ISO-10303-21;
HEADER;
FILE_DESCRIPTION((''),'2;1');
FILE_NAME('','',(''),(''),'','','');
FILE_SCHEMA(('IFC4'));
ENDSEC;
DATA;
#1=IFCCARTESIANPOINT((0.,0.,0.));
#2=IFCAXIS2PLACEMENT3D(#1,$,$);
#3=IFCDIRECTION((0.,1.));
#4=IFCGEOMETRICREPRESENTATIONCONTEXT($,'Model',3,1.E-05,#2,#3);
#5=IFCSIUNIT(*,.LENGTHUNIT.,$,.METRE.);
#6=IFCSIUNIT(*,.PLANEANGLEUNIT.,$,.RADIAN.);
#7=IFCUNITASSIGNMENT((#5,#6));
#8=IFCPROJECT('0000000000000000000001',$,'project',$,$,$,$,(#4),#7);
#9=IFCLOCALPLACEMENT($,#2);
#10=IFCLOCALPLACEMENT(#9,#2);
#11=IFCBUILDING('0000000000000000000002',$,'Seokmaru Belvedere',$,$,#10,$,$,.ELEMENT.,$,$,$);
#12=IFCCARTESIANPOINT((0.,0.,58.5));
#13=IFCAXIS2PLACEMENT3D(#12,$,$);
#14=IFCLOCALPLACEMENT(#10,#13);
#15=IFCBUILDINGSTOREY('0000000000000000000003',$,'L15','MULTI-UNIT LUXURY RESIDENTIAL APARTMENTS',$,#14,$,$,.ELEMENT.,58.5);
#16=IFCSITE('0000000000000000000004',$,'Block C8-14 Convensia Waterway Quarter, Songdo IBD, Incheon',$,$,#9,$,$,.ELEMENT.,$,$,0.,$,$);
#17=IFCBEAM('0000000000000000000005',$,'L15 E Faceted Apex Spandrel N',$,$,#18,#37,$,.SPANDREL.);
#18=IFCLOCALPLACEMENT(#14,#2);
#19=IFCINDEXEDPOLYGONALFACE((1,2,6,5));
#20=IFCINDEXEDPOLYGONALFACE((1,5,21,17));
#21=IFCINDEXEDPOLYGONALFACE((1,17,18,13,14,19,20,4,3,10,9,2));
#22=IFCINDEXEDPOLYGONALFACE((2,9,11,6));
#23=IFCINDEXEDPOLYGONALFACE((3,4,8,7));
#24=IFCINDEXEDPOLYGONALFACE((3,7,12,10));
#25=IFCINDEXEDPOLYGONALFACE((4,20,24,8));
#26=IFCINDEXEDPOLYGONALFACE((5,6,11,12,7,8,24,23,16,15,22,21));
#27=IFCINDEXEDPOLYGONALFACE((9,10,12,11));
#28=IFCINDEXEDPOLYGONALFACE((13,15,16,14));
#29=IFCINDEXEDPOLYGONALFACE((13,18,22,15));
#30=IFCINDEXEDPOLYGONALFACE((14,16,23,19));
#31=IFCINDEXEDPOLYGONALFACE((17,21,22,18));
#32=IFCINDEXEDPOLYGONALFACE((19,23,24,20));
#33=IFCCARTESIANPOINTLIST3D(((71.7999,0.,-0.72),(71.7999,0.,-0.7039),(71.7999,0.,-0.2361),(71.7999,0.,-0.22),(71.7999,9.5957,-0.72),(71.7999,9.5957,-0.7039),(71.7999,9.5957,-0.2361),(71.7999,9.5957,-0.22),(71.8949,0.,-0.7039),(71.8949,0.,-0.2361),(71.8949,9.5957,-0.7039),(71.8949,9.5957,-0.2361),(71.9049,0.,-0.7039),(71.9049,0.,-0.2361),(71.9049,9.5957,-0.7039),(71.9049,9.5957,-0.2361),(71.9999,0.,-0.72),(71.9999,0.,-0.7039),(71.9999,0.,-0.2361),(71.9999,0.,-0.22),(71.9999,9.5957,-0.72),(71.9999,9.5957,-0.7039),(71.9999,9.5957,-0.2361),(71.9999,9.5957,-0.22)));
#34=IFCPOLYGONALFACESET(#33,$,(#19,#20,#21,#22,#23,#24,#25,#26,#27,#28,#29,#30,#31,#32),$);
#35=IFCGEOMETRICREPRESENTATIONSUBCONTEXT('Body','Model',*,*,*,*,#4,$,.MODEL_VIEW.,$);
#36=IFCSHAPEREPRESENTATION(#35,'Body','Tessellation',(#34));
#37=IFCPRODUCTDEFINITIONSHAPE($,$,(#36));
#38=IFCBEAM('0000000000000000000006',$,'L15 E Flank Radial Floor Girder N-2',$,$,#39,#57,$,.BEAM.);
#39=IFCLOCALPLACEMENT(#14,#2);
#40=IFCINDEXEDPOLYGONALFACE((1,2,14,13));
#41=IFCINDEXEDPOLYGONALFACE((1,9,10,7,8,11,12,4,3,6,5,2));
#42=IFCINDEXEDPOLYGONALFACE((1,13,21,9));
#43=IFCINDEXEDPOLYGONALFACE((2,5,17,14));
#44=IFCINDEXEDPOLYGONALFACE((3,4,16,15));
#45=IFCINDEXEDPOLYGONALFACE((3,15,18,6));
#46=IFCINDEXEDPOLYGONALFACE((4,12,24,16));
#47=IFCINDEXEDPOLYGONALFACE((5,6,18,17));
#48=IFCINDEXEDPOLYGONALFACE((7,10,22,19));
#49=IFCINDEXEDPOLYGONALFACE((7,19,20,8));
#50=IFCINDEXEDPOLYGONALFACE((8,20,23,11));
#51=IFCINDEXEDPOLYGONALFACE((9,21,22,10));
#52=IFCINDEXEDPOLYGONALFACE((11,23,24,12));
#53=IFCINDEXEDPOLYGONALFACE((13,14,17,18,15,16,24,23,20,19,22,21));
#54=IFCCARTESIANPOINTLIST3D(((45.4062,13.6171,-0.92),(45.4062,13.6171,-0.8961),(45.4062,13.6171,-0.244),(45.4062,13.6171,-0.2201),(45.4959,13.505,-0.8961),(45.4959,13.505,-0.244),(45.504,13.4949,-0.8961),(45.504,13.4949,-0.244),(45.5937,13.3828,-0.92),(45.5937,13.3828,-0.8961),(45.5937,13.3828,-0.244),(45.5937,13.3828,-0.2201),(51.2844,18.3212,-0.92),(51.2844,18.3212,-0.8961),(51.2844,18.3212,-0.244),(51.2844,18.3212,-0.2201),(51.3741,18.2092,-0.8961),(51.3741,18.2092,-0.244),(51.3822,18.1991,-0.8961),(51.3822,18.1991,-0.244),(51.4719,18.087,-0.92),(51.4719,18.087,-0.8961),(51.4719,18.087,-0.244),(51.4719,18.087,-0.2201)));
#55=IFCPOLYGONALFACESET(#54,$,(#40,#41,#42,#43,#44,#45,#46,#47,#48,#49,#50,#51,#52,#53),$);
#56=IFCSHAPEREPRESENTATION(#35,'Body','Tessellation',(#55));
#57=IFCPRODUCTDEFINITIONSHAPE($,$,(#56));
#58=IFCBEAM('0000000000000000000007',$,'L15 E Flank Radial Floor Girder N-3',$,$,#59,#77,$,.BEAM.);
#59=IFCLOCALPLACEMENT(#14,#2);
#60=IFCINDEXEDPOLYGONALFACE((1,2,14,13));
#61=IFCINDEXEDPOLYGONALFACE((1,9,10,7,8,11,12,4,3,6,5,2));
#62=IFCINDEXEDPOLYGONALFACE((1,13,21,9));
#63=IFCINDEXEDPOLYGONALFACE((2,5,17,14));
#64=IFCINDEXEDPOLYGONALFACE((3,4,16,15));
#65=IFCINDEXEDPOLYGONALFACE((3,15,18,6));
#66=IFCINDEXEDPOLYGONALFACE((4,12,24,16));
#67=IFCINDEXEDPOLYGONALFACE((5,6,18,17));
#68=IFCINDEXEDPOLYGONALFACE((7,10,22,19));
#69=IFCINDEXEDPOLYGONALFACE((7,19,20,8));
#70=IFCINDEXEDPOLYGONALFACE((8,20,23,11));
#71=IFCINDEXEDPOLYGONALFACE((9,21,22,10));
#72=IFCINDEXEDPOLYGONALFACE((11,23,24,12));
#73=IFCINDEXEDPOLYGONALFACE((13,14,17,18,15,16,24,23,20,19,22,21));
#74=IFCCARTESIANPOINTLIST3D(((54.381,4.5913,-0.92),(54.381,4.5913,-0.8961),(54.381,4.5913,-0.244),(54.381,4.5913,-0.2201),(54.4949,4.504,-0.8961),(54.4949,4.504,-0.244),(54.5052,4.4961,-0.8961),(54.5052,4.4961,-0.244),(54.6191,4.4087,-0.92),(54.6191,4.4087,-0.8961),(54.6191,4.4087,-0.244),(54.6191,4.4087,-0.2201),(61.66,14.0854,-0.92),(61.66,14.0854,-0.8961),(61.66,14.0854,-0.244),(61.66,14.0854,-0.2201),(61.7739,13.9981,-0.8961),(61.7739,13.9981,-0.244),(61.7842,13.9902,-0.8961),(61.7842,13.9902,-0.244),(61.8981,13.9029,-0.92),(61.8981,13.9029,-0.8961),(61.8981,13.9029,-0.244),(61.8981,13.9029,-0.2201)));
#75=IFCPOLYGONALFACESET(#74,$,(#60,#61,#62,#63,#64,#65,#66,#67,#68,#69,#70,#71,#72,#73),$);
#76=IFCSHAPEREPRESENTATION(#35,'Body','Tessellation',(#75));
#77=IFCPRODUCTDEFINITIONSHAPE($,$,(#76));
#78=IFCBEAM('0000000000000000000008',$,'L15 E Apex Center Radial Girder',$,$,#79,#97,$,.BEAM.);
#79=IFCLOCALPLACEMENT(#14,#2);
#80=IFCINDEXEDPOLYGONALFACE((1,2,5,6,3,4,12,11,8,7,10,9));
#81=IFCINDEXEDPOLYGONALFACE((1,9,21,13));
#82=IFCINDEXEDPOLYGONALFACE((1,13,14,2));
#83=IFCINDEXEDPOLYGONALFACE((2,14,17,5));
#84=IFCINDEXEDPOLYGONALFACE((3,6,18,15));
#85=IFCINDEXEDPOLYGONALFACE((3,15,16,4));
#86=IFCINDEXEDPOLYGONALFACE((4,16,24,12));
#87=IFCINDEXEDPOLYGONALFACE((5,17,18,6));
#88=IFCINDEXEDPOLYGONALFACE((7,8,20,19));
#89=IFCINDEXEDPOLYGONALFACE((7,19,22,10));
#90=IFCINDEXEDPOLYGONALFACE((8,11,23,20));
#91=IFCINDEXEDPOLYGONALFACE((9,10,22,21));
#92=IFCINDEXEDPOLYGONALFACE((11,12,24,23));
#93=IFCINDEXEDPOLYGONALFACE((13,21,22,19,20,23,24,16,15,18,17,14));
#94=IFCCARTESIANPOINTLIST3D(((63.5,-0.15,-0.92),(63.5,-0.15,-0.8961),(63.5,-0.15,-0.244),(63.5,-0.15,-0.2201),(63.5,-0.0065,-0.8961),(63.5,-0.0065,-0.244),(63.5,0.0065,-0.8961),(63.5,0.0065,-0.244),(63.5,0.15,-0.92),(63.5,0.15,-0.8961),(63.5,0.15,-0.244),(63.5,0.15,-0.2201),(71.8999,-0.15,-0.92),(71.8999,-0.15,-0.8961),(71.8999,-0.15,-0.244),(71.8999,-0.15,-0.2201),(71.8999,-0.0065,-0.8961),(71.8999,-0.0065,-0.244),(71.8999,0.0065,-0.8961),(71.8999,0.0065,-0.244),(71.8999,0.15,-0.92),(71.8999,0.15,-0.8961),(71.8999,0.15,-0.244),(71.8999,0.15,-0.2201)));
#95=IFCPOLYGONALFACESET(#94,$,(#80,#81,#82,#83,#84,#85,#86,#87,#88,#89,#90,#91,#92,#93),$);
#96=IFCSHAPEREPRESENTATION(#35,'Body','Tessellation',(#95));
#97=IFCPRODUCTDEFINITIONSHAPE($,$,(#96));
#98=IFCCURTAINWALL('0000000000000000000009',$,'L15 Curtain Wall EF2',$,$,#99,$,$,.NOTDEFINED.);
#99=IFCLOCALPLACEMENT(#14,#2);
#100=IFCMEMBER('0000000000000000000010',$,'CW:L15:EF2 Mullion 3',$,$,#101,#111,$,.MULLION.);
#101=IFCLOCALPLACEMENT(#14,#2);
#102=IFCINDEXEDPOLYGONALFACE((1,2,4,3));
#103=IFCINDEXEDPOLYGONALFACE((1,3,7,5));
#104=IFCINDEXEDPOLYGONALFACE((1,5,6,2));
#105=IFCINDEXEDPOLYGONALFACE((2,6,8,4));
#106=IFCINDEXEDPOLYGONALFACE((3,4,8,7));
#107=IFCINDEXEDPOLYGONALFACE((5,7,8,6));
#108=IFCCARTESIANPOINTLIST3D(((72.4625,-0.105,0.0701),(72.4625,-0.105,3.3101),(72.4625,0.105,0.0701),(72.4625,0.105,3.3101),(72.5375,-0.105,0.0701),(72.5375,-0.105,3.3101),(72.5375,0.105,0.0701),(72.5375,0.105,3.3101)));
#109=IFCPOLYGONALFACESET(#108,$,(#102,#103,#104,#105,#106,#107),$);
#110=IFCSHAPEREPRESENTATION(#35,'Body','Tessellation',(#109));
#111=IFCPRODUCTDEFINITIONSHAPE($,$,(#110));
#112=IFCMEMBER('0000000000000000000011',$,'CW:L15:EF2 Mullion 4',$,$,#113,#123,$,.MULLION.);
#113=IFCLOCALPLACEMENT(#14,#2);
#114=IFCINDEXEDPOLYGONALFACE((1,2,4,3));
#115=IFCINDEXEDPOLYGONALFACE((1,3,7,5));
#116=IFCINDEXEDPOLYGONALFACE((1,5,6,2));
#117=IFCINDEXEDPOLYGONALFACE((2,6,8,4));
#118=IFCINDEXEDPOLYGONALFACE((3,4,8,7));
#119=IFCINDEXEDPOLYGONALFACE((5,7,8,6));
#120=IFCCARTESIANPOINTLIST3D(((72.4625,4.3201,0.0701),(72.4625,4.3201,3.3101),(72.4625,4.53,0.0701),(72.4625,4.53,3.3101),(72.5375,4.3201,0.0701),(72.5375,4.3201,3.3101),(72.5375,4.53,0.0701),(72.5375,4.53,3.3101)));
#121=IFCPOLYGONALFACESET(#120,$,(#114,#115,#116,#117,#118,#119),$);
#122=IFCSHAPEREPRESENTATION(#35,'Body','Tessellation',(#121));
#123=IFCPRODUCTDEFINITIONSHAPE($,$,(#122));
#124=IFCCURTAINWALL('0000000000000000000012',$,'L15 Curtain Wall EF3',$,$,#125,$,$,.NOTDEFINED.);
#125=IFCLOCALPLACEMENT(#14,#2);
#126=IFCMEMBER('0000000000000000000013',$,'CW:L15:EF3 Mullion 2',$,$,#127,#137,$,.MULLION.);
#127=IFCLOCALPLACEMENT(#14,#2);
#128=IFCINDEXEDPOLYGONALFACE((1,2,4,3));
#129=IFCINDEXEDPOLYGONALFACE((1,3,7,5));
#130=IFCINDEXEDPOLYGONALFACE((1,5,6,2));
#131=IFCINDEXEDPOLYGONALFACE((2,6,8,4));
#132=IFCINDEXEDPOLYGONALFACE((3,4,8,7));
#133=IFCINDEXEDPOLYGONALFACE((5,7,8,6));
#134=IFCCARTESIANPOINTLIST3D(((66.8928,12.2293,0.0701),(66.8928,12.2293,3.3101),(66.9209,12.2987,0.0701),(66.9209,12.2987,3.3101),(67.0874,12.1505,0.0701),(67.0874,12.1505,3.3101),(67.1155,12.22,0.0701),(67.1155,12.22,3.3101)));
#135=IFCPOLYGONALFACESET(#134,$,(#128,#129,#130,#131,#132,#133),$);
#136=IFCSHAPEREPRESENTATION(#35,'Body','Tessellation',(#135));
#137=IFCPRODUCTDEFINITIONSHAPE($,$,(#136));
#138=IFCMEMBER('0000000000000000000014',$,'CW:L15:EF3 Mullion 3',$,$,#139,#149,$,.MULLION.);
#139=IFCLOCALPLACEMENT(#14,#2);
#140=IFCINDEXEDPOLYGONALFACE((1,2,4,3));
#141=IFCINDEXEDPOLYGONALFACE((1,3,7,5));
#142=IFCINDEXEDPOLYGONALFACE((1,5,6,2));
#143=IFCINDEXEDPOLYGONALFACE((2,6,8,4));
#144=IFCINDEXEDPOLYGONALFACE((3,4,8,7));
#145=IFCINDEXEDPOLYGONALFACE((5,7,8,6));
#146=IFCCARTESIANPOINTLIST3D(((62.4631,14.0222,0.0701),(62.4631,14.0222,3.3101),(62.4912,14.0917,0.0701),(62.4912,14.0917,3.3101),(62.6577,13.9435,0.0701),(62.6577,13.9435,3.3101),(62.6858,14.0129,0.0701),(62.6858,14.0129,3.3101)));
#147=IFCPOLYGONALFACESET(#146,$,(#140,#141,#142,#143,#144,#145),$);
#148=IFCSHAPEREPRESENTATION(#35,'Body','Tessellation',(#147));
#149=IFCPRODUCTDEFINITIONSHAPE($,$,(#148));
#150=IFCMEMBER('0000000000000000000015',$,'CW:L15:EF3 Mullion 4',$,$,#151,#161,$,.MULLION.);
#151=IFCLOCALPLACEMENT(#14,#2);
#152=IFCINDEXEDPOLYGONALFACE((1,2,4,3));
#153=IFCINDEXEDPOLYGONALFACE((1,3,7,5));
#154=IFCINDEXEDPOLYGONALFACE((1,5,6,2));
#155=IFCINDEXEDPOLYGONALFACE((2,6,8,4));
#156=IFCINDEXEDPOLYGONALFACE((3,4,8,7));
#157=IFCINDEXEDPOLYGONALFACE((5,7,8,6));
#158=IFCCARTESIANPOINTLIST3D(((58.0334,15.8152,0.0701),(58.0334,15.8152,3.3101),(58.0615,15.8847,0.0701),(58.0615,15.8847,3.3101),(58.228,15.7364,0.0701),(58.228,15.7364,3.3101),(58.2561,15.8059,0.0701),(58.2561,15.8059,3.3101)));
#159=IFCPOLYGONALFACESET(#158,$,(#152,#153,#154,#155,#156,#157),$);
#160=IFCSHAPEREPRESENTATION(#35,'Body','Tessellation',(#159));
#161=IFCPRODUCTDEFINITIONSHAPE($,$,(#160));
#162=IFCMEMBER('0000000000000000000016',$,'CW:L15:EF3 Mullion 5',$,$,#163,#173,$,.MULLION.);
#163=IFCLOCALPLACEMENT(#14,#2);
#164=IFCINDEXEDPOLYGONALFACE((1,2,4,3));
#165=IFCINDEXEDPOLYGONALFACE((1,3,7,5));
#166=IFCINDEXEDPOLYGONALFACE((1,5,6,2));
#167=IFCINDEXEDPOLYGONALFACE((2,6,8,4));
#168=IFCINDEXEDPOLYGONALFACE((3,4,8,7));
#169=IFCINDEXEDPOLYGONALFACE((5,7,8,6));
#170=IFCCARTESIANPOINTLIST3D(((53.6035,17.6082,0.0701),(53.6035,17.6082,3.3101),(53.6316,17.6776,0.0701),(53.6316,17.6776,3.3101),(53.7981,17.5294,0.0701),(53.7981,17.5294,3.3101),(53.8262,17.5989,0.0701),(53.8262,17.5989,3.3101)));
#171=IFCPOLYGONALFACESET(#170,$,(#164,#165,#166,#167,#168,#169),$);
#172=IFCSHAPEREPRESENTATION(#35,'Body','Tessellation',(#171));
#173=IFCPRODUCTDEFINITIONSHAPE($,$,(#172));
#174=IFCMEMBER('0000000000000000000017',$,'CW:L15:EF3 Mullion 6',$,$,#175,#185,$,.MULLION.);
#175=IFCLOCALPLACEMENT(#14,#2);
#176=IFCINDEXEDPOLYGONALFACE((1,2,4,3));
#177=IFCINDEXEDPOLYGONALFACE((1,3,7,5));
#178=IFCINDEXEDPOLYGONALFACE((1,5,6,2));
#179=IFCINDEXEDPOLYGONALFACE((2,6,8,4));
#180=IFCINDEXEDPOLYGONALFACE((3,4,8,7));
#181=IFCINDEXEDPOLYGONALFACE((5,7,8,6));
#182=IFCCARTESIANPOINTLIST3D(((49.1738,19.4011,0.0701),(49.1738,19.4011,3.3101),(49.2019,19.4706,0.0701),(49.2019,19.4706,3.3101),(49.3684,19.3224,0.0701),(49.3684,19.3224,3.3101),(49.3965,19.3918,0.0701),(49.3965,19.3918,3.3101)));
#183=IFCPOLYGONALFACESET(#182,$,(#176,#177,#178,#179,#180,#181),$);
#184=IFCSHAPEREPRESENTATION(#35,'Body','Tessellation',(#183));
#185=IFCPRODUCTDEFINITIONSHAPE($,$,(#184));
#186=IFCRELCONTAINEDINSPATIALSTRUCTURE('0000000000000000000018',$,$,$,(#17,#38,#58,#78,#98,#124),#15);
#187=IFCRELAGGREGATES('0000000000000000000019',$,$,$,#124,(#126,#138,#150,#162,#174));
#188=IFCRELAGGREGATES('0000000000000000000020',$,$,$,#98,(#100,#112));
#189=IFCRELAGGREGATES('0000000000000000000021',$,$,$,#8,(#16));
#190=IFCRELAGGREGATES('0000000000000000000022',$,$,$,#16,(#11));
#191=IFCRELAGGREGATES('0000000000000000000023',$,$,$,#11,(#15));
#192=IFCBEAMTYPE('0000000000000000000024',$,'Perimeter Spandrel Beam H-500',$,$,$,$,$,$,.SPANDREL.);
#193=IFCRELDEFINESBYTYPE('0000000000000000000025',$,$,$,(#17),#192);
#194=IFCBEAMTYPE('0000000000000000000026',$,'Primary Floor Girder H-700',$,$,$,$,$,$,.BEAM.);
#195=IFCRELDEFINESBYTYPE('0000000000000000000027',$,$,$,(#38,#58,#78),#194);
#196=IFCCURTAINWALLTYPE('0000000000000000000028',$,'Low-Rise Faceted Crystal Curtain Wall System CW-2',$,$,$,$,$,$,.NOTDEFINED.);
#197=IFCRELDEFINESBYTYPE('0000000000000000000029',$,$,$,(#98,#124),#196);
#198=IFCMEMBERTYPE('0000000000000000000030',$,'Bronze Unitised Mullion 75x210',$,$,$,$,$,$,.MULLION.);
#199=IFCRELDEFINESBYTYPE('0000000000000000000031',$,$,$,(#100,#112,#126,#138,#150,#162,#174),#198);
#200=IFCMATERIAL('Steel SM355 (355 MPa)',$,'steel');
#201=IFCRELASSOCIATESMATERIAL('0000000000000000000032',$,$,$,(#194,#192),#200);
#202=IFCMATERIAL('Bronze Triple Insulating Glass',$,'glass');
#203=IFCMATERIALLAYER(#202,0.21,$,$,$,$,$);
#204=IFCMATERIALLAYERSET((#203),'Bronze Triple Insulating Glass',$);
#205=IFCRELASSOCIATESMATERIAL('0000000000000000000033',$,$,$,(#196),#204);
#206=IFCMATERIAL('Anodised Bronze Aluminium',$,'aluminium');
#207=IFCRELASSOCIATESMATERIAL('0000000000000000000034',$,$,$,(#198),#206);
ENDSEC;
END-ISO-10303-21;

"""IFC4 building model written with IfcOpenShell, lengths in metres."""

from ifc_helpers import new_model, si_unit, direction, frame, origin, origin_2d, place, context, subcontext, project, spatial, rectangle, i_section, extrude, source, transform, mapped, material, layer, layer_set, material_profile, profile_set, type_object, element, aggregate, save


model = new_model("IFC4")

# Units and contexts
model_context = context("Model", 3, precision=1e-05, world=origin(), true_north=direction((0.0, 1.0)))
body_context = subcontext(model_context, "Body", "Model", "MODEL_VIEW")
ifc_project = project(units=[si_unit("LENGTHUNIT", "METRE"), si_unit("PLANEANGLEUNIT", "RADIAN")], contexts=[model_context])

# Site, building, storey
site_placement = place(None, origin())
site = spatial("IfcSite", under=ifc_project, at=site_placement, Name="Block C8-14 Convensia Waterway Quarter, Songdo IBD, Incheon", CompositionType="ELEMENT", RefElevation=0.0)
building_placement = place(site_placement, origin())
building = spatial("IfcBuilding", under=site, at=building_placement, Name="Seokmaru Belvedere", CompositionType="ELEMENT")
storey_placement = place(building_placement, frame((0.0, 0.0, 58.5)))
storey = spatial("IfcBuildingStorey", under=building, at=storey_placement, Name="L15", Description="MULTI-UNIT LUXURY RESIDENTIAL APARTMENTS", CompositionType="ELEMENT", Elevation=58.5)

# Shared definitions
ifc_material_1 = material(Name="Steel SM355 (355 MPa)", Category="steel")

# Beams
ifc_material_profile_1 = material_profile(ifc_material_1, i_section(OverallWidth=0.3, OverallDepth=0.7, WebThickness=0.0129, FlangeThickness=0.0239, at=origin_2d()), Name="H-700x300x13x24")
ifc_profile_set_1 = profile_set([ifc_material_profile_1], Name="Steel SM355 (355 MPa)")
beam_type_1 = type_object("IfcBeamType", Name="Primary Floor Girder H-700", PredefinedType="BEAM", material=ifc_profile_set_1)
ifc_material_profile_2 = material_profile(ifc_material_1, i_section(OverallWidth=0.2, OverallDepth=0.5, WebThickness=0.01, FlangeThickness=0.0161, at=origin_2d()), Name="H-500x200x10x16")
ifc_profile_set_2 = profile_set([ifc_material_profile_2], Name="Steel SM355 (355 MPa)")
beam_type_2 = type_object("IfcBeamType", Name="Perimeter Spandrel Beam H-500", PredefinedType="SPANDREL", material=ifc_profile_set_2)
shared_shape_1 = source(origin(), body_context, "Body", "SweptSolid", [
    extrude(i_section(OverallWidth=0.2, OverallDepth=0.5, WebThickness=0.01, FlangeThickness=0.0161, at=origin_2d()), origin(), (0.0, 0.0, 1.0), 9.5957),
])
beam_1_placement = place(storey_placement, frame((71.8999, 0.0, -0.47), z_axis=(0.0, 1.0, 0.0), x_axis=(-1.0, 0.0, 0.0)))
element("IfcBeam", 1, at=beam_1_placement, inside=storey, type_object=beam_type_2, Name="L15 E Faceted Apex Spandrel N", PredefinedType="SPANDREL", context=body_context, shape_type="MappedRepresentation", body=[
    mapped(shared_shape_1, transform((0.0, 0.0, 0.0), scale=1.0)),
])
shared_shape_2 = source(origin(), body_context, "Body", "SweptSolid", [
    extrude(i_section(OverallWidth=0.3, OverallDepth=0.7, WebThickness=0.0129, FlangeThickness=0.0239, at=origin_2d()), origin(), (0.0, 0.0, 1.0), 7.5288),
])
beam_2_placement = place(storey_placement, frame((51.3782, 18.2041, -0.5701), z_axis=(-0.780768, -0.624822, 0.0), x_axis=(0.624822, -0.780768, 0.0)))
element("IfcBeam", 2, at=beam_2_placement, inside=storey, type_object=beam_type_1, Name="L15 E Flank Radial Floor Girder N-2", PredefinedType="BEAM", context=body_context, shape_type="MappedRepresentation", body=[
    mapped(shared_shape_2, transform((0.0, 0.0, 0.0), scale=1.0)),
])
shared_shape_3 = source(origin(), body_context, "Body", "SweptSolid", [
    extrude(i_section(OverallWidth=0.3, OverallDepth=0.7, WebThickness=0.0129, FlangeThickness=0.0239, at=origin_2d()), origin(), (0.0, 0.0, 1.0), 11.9634),
])
beam_3_placement = place(storey_placement, frame((61.7791, 13.9941, -0.5701), z_axis=(-0.608443, -0.793598, 0.0), x_axis=(0.793598, -0.608443, 0.0)))
element("IfcBeam", 3, at=beam_3_placement, inside=storey, type_object=beam_type_1, Name="L15 E Flank Radial Floor Girder N-3", PredefinedType="BEAM", context=body_context, shape_type="MappedRepresentation", body=[
    mapped(shared_shape_3, transform((0.0, 0.0, 0.0), scale=1.0)),
])
shared_shape_4 = source(origin(), body_context, "Body", "SweptSolid", [
    extrude(i_section(OverallWidth=0.3, OverallDepth=0.7, WebThickness=0.0129, FlangeThickness=0.0239, at=origin_2d()), origin(), (0.0, 0.0, 1.0), 8.3999),
])
beam_4_placement = place(storey_placement, frame((71.8999, 0.0, -0.5701), z_axis=(-1.0, 0.0, 0.0), x_axis=(0.0, -1.0, 0.0)))
element("IfcBeam", 4, at=beam_4_placement, inside=storey, type_object=beam_type_1, Name="L15 E Apex Center Radial Girder", PredefinedType="BEAM", context=body_context, shape_type="MappedRepresentation", body=[
    mapped(shared_shape_4, transform((0.0, 0.0, 0.0), scale=1.0)),
])

# Curtain walls, members
ifc_material_2 = material(Name="Bronze Triple Insulating Glass", Category="glass")
ifc_layer_1 = layer(ifc_material_2, 0.21)
ifc_layer_set_1 = layer_set([ifc_layer_1], Name="Bronze Triple Insulating Glass")
curtain_wall_type = type_object("IfcCurtainWallType", Name="Low-Rise Faceted Crystal Curtain Wall System CW-2", PredefinedType="NOTDEFINED", material=ifc_layer_set_1)
curtain_wall_1_placement = place(storey_placement, origin())
curtain_wall_1 = element("IfcCurtainWall", 5, at=curtain_wall_1_placement, inside=storey, type_object=curtain_wall_type, Name="L15 Curtain Wall EF2", PredefinedType="NOTDEFINED")
ifc_material_3 = material(Name="Anodised Bronze Aluminium", Category="aluminium")
ifc_material_profile_3 = material_profile(ifc_material_3, rectangle(XDim=0.075, YDim=0.21, at=origin_2d()), Name="CW-M-75x210")
ifc_profile_set_3 = profile_set([ifc_material_profile_3], Name="Anodised Bronze Aluminium")
member_type_1 = type_object("IfcMemberType", Name="Bronze Unitised Mullion 75x210", PredefinedType="MULLION", material=ifc_profile_set_3)
shared_shape_5 = source(origin(), body_context, "Body", "SweptSolid", [
    extrude(rectangle(XDim=0.075, YDim=0.21, at=origin_2d()), origin(), (0.0, 0.0, 1.0), 3.24),
])
member_1_placement = place(storey_placement, frame((72.5, 0.0, 0.0701), z_axis=(0.0, 0.0, 1.0), x_axis=(-1.0, 0.0, 0.0)))
member_1 = element("IfcMember", 6, at=member_1_placement, type_object=member_type_1, Name="CW:L15:EF2 Mullion 3", PredefinedType="MULLION", context=body_context, shape_type="MappedRepresentation", body=[
    mapped(shared_shape_5, transform((0.0, 0.0, 0.0), scale=1.0)),
])
member_2_placement = place(storey_placement, frame((72.5, 4.425, 0.0701), z_axis=(0.0, 0.0, 1.0), x_axis=(-1.0, 0.0, 0.0)))
member_2 = element("IfcMember", 7, at=member_2_placement, type_object=member_type_1, Name="CW:L15:EF2 Mullion 4", PredefinedType="MULLION", context=body_context, shape_type="MappedRepresentation", body=[
    mapped(shared_shape_5, transform((0.0, 0.0, 0.0), scale=1.0)),
])
curtain_wall_2_placement = place(storey_placement, origin())
curtain_wall_2 = element("IfcCurtainWall", 8, at=curtain_wall_2_placement, inside=storey, type_object=curtain_wall_type, Name="L15 Curtain Wall EF3", PredefinedType="NOTDEFINED")
member_3_placement = place(storey_placement, frame((67.0042, 12.2246, 0.0701), z_axis=(0.0, 0.0, 1.0), x_axis=(-0.375192, -0.926947, 0.0)))
member_3 = element("IfcMember", 9, at=member_3_placement, type_object=member_type_1, Name="CW:L15:EF3 Mullion 2", PredefinedType="MULLION", context=body_context, shape_type="MappedRepresentation", body=[
    mapped(shared_shape_5, transform((0.0, 0.0, 0.0), scale=1.0)),
])
member_4_placement = place(storey_placement, frame((62.5745, 14.0176, 0.0701), z_axis=(0.0, 0.0, 1.0), x_axis=(-0.375192, -0.926947, 0.0)))
member_4 = element("IfcMember", 10, at=member_4_placement, type_object=member_type_1, Name="CW:L15:EF3 Mullion 3", PredefinedType="MULLION", context=body_context, shape_type="MappedRepresentation", body=[
    mapped(shared_shape_5, transform((0.0, 0.0, 0.0), scale=1.0)),
])
member_5_placement = place(storey_placement, frame((58.1448, 15.8105, 0.0701), z_axis=(0.0, 0.0, 1.0), x_axis=(-0.375192, -0.926947, 0.0)))
member_5 = element("IfcMember", 11, at=member_5_placement, type_object=member_type_1, Name="CW:L15:EF3 Mullion 4", PredefinedType="MULLION", context=body_context, shape_type="MappedRepresentation", body=[
    mapped(shared_shape_5, transform((0.0, 0.0, 0.0), scale=1.0)),
])
member_6_placement = place(storey_placement, frame((53.7148, 17.6035, 0.0701), z_axis=(0.0, 0.0, 1.0), x_axis=(-0.375192, -0.926947, 0.0)))
member_6 = element("IfcMember", 12, at=member_6_placement, type_object=member_type_1, Name="CW:L15:EF3 Mullion 5", PredefinedType="MULLION", context=body_context, shape_type="MappedRepresentation", body=[
    mapped(shared_shape_5, transform((0.0, 0.0, 0.0), scale=1.0)),
])
member_7_placement = place(storey_placement, frame((49.2852, 19.3965, 0.0701), z_axis=(0.0, 0.0, 1.0), x_axis=(-0.375192, -0.926947, 0.0)))
member_7 = element("IfcMember", 13, at=member_7_placement, type_object=member_type_1, Name="CW:L15:EF3 Mullion 6", PredefinedType="MULLION", context=body_context, shape_type="MappedRepresentation", body=[
    mapped(shared_shape_5, transform((0.0, 0.0, 0.0), scale=1.0)),
])

aggregate(curtain_wall_2, [member_3, member_4, member_5, member_6, member_7])
aggregate(curtain_wall_1, [member_1, member_2])

save(model, "model.ifc")
